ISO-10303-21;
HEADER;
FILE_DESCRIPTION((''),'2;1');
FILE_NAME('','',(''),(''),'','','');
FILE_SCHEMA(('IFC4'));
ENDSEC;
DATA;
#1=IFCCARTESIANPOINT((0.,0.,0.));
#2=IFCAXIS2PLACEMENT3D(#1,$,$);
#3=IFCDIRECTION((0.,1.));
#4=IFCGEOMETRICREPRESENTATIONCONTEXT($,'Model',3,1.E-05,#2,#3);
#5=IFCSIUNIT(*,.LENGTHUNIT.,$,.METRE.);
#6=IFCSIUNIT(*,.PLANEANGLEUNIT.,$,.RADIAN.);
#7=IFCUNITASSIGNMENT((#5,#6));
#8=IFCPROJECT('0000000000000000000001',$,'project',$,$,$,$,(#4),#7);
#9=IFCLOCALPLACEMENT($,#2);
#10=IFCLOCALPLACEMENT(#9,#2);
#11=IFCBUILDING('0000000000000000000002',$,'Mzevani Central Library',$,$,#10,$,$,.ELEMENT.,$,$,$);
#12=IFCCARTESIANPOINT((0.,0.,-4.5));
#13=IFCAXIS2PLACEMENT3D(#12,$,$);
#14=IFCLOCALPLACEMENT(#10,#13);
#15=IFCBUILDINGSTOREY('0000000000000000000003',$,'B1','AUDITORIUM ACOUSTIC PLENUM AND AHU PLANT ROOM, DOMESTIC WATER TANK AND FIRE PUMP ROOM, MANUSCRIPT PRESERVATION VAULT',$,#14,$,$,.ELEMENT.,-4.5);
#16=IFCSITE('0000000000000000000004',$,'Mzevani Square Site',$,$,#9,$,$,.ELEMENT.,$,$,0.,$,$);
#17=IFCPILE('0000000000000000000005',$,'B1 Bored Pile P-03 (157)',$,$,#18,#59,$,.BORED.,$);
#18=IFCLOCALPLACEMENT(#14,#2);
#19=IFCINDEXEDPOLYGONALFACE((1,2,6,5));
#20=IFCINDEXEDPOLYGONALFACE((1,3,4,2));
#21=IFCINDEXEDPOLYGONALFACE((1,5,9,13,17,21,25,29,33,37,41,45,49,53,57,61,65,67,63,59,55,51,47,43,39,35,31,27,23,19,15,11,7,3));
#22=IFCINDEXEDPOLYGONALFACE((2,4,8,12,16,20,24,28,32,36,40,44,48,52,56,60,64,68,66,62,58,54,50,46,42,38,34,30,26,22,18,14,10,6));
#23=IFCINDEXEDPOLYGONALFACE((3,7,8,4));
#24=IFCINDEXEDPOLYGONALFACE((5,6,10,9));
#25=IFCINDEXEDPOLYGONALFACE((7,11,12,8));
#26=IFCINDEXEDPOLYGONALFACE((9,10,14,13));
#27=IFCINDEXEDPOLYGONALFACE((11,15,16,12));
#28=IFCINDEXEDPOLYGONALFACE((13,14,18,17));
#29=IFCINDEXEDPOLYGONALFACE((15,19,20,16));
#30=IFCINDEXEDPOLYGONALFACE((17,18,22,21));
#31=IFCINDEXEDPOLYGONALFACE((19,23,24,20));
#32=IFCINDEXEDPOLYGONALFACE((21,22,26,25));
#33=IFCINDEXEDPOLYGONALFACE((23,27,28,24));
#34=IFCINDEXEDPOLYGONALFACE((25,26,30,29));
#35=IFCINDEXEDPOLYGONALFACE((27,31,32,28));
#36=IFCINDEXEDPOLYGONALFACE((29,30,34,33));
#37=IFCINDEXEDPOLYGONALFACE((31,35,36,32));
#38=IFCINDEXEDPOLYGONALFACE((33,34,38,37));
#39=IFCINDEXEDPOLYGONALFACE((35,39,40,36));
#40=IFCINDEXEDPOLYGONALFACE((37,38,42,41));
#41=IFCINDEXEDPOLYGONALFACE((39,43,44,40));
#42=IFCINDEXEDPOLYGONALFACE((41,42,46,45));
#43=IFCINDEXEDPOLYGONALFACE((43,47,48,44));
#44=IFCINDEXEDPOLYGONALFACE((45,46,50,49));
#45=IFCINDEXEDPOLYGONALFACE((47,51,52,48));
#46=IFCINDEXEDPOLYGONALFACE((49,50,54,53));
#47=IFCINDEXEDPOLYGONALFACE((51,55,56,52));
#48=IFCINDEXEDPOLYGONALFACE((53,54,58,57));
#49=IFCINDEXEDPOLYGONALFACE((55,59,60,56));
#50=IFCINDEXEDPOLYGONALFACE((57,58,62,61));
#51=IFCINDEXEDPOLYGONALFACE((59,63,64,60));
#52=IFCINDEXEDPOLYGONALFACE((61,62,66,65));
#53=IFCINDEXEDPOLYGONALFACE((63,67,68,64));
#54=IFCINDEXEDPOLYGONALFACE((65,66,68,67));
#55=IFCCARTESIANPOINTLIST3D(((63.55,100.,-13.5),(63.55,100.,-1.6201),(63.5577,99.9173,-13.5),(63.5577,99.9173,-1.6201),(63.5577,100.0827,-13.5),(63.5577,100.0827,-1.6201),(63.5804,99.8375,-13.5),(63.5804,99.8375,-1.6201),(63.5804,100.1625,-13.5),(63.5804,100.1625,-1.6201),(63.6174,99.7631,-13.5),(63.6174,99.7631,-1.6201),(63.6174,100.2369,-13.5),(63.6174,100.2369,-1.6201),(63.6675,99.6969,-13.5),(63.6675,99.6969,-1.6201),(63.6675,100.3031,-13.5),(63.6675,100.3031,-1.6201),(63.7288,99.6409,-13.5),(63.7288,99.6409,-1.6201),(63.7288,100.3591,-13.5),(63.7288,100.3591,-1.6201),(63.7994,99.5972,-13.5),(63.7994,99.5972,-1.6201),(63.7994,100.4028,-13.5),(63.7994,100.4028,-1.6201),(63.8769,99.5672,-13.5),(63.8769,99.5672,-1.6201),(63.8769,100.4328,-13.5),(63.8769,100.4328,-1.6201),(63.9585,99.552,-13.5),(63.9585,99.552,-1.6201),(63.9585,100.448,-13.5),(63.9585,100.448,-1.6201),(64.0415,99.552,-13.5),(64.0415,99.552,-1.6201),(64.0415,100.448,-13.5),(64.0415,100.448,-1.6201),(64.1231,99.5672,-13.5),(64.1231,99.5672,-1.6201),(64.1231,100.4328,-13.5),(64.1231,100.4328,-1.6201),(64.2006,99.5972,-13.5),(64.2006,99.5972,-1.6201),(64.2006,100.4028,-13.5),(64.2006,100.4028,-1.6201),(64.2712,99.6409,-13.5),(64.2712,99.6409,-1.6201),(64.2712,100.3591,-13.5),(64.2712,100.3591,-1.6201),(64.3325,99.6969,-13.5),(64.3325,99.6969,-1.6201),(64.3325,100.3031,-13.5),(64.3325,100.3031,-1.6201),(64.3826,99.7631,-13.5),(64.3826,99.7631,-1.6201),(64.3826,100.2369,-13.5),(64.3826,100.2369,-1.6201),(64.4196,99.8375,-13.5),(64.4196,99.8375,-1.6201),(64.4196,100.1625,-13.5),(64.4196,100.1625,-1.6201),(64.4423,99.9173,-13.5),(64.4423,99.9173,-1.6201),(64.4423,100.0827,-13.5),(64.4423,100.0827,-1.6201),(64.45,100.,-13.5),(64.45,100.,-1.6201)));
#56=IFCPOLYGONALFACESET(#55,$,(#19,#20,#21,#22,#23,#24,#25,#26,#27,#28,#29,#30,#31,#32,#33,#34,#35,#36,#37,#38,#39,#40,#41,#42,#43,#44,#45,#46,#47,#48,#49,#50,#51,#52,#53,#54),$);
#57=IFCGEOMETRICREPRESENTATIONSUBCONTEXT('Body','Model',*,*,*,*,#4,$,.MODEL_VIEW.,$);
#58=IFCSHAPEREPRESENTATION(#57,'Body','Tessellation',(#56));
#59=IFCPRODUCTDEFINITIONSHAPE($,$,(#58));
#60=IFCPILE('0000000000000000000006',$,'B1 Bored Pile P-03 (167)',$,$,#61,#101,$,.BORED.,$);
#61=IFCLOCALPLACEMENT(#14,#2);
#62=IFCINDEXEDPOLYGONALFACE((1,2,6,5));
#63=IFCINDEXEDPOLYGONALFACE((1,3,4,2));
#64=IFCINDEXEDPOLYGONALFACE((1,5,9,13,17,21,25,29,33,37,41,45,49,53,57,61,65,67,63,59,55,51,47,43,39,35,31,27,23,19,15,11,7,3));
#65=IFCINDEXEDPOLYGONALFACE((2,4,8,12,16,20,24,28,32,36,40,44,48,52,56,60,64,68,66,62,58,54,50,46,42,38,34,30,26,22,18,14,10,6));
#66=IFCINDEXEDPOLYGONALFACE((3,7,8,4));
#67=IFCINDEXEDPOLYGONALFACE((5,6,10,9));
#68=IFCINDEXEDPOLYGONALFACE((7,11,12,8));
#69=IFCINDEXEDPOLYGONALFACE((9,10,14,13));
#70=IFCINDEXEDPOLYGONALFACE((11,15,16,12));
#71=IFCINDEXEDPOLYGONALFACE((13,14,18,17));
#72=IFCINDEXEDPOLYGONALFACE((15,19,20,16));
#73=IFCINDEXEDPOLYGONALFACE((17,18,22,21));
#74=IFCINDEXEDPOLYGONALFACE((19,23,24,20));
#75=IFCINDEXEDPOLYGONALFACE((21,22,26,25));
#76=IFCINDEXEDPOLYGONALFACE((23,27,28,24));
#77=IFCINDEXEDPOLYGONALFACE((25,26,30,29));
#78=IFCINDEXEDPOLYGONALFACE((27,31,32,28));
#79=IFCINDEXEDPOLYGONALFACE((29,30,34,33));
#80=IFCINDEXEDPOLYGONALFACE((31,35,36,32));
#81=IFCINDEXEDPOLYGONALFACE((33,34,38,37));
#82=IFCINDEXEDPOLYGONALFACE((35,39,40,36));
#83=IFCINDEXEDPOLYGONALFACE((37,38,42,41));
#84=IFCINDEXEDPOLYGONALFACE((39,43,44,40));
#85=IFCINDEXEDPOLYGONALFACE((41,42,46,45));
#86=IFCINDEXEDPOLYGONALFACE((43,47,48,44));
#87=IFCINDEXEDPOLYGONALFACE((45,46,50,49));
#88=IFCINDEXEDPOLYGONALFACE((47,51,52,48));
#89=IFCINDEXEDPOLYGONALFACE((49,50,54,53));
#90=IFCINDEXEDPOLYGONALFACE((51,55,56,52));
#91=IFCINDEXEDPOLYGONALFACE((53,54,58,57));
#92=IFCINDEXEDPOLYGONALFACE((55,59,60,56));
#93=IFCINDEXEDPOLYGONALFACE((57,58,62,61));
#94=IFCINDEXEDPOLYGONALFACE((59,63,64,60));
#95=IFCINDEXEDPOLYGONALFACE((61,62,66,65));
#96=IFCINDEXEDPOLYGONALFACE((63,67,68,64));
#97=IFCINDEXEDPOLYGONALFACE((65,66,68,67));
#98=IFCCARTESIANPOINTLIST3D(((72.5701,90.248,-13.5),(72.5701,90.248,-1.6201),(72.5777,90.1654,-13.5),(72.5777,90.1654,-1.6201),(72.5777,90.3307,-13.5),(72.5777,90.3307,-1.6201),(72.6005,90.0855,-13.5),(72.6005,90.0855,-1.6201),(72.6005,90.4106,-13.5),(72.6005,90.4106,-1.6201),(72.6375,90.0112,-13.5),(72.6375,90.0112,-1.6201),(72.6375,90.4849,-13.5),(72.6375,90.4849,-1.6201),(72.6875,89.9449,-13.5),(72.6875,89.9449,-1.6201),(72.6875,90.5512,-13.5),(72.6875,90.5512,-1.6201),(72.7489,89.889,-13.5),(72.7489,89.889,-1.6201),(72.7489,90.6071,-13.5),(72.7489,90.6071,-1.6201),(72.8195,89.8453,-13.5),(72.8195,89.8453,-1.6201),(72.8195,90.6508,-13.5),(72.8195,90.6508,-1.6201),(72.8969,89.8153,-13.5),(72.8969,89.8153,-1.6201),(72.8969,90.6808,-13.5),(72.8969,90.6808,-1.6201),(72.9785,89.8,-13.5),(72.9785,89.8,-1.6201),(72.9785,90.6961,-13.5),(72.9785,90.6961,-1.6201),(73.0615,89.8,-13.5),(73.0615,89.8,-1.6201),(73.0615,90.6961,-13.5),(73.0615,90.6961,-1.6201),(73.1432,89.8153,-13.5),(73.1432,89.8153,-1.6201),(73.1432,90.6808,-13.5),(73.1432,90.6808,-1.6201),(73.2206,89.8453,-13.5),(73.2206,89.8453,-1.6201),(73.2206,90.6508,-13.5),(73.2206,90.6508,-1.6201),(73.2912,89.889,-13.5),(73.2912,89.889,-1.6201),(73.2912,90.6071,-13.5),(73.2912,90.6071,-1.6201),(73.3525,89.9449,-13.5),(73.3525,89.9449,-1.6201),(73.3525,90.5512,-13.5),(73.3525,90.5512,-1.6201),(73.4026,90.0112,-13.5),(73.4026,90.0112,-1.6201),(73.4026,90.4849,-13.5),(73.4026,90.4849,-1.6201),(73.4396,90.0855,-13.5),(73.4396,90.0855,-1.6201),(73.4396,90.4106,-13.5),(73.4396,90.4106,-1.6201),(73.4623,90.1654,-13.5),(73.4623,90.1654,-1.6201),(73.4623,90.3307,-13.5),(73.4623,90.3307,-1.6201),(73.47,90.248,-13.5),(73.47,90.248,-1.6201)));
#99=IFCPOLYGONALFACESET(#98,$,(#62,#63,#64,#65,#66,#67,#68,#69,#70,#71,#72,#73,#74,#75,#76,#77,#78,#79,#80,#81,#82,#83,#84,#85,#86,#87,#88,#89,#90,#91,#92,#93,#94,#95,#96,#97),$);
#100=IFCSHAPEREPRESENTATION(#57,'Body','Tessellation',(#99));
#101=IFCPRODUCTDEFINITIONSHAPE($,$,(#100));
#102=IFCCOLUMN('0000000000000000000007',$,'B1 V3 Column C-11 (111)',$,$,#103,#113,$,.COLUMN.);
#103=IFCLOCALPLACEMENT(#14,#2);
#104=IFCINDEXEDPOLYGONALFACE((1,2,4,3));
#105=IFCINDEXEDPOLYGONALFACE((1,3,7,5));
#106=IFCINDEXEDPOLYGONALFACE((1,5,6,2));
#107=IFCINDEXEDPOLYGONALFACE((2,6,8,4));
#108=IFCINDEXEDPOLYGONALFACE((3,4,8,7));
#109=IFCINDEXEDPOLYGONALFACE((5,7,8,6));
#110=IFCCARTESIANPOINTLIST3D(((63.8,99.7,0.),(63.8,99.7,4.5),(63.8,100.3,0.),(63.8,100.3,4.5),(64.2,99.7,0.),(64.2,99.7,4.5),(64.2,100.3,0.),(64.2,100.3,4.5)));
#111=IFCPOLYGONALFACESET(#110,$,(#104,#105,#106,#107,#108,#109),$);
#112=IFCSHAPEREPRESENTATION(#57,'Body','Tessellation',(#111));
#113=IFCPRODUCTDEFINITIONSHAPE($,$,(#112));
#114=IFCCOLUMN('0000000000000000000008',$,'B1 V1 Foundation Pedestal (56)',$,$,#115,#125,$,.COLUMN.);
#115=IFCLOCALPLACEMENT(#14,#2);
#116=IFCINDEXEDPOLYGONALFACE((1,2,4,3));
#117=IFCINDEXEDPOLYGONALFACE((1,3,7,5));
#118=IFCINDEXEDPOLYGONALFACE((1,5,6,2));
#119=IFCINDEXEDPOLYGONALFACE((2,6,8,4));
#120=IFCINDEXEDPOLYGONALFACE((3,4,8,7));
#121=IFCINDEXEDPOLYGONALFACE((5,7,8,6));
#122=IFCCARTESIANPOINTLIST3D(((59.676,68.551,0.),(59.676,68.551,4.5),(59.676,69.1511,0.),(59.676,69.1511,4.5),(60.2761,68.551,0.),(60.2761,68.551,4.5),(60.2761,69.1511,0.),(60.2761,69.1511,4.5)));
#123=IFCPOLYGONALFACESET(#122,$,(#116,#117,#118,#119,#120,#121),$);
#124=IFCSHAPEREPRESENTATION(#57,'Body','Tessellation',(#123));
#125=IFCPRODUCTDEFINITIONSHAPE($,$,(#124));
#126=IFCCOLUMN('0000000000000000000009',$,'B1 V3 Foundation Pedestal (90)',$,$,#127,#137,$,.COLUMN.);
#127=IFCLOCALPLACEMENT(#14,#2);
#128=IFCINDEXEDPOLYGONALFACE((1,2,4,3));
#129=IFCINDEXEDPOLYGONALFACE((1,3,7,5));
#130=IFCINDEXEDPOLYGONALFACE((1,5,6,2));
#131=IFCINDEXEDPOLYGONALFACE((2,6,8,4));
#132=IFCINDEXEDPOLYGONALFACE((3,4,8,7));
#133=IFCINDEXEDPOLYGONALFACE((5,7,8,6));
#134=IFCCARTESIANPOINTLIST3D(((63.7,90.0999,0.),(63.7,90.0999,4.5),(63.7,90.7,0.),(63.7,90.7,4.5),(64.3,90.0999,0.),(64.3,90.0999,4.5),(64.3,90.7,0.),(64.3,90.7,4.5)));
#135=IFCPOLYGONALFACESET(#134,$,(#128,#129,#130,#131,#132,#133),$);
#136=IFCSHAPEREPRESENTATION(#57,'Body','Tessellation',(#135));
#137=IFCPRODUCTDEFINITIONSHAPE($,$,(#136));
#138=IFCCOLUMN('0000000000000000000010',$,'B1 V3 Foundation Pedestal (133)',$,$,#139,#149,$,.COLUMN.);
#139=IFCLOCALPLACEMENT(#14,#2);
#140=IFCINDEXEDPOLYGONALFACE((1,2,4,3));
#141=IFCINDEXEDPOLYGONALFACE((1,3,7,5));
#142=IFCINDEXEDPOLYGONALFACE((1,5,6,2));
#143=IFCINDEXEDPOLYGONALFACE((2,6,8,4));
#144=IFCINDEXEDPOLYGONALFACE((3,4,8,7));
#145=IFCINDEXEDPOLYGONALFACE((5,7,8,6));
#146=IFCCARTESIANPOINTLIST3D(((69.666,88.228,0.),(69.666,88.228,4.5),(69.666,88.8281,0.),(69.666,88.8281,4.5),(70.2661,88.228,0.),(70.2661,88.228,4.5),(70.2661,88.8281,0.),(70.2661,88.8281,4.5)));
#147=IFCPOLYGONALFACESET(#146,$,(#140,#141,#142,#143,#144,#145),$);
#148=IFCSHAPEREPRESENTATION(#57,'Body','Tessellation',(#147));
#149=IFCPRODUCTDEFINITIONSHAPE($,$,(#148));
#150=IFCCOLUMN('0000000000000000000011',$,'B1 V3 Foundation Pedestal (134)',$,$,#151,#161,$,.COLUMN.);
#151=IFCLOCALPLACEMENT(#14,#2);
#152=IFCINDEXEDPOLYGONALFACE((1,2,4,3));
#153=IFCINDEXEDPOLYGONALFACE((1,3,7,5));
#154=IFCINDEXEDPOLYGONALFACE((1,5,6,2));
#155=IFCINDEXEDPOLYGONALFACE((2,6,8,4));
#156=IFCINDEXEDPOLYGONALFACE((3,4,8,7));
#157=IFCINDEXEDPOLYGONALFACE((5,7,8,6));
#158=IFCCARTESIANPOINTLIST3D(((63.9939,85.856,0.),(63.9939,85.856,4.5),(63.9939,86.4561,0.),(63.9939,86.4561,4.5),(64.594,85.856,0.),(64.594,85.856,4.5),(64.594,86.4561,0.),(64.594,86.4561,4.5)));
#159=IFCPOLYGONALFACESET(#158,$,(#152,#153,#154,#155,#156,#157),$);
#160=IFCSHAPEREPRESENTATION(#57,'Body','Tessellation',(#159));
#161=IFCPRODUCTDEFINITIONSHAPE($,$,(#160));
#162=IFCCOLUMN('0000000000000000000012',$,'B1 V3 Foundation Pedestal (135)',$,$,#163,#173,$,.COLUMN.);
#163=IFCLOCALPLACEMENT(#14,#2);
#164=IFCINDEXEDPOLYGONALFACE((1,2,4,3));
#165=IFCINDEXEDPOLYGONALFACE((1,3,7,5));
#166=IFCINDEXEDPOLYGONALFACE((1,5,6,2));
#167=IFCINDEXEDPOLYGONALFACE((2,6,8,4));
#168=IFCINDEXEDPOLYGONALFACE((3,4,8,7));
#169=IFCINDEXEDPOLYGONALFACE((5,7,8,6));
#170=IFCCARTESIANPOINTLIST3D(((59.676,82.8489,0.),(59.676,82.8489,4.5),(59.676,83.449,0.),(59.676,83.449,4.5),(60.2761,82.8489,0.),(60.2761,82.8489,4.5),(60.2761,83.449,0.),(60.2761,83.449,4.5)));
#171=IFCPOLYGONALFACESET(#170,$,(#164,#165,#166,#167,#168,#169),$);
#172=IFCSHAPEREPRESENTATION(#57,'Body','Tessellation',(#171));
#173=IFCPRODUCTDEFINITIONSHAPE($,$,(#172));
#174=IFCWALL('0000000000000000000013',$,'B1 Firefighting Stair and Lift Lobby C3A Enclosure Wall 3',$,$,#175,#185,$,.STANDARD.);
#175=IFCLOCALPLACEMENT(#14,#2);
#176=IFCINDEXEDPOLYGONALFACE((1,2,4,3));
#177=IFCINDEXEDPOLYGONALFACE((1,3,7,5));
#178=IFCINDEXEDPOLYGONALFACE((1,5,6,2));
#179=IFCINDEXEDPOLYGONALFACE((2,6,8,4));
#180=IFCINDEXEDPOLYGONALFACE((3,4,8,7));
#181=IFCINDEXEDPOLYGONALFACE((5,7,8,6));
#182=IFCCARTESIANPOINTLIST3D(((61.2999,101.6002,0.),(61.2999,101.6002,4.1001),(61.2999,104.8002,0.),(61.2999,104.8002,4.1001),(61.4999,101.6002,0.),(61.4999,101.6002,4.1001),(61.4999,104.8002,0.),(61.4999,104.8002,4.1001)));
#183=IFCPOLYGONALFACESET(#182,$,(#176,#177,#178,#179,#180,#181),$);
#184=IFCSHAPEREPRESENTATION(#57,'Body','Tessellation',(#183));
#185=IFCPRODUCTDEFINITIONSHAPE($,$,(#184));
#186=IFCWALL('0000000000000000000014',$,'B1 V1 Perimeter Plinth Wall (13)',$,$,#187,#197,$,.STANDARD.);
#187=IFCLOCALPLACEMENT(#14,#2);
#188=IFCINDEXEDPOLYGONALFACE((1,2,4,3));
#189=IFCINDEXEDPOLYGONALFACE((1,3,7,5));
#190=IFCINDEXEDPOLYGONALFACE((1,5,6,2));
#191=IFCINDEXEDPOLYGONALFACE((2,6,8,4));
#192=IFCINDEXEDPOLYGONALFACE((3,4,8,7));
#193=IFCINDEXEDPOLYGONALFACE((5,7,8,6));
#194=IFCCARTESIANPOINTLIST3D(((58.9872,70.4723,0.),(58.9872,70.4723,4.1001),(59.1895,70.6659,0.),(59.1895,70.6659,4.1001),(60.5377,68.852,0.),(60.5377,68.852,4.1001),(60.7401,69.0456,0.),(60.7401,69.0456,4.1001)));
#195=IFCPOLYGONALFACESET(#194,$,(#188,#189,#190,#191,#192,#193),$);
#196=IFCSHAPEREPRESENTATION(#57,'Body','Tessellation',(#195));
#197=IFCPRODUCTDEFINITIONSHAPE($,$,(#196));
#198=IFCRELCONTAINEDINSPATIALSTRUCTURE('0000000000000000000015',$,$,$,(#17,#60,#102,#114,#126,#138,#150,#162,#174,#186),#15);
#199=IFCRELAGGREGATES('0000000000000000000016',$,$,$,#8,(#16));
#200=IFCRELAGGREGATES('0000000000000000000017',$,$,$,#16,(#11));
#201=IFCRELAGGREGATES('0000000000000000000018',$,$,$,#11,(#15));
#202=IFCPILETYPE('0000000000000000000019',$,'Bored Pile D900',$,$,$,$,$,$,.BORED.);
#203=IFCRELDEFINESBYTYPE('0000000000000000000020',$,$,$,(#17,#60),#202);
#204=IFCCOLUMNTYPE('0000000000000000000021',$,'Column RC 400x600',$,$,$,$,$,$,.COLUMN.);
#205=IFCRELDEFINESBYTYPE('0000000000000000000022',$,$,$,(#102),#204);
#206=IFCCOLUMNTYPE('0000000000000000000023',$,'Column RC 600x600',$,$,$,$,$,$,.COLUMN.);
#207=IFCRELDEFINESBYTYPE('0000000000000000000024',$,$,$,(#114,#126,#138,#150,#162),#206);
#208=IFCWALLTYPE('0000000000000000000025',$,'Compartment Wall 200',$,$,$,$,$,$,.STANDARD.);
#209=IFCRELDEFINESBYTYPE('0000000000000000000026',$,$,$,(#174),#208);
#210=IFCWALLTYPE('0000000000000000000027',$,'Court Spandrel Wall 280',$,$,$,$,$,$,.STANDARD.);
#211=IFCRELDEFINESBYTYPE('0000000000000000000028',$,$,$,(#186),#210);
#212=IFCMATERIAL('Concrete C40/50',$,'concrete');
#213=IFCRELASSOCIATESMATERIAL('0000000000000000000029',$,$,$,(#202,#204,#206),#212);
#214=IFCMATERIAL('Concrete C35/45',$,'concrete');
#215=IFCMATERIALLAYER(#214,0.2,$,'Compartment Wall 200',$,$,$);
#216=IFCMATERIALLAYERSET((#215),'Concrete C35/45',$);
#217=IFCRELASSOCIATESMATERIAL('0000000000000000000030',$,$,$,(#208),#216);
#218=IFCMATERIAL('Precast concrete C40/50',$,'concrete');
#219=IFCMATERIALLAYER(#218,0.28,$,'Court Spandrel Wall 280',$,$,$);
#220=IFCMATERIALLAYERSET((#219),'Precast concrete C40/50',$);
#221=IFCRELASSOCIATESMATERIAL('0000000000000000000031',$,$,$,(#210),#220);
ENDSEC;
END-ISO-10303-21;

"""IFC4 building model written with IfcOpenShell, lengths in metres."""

from ifc_helpers import new_model, si_unit, direction, frame, frame_2d, origin, origin_2d, place, context, subcontext, project, spatial, rectangle, circle, extrude, material, layer, layer_set, material_profile, profile_set, type_object, element, save


model = new_model("IFC4")

# Units and contexts
model_context = context("Model", 3, precision=1e-05, world=origin(), true_north=direction((0.0, 1.0)))
body_context = subcontext(model_context, "Body", "Model", "MODEL_VIEW")
ifc_project = project(units=[si_unit("LENGTHUNIT", "METRE"), si_unit("PLANEANGLEUNIT", "RADIAN")], contexts=[model_context])

# Site, building, storey
site_placement = place(None, origin())
site = spatial("IfcSite", under=ifc_project, at=site_placement, Name="Mzevani Square Site", CompositionType="ELEMENT", RefElevation=0.0)
building_placement = place(site_placement, origin())
building = spatial("IfcBuilding", under=site, at=building_placement, Name="Mzevani Central Library", CompositionType="ELEMENT")
storey_placement = place(building_placement, frame((0.0, 0.0, -4.5)))
storey = spatial("IfcBuildingStorey", under=building, at=storey_placement, Name="B1", Description="AUDITORIUM ACOUSTIC PLENUM AND AHU PLANT ROOM, DOMESTIC WATER TANK AND FIRE PUMP ROOM, MANUSCRIPT PRESERVATION VAULT", CompositionType="ELEMENT", Elevation=-4.5)

# Piles
ifc_material_1 = material(Name="Concrete C40/50", Category="concrete")
ifc_material_profile_1 = material_profile(ifc_material_1, circle(Radius=0.45, at=origin_2d()), Name="PILE D900")
ifc_profile_set_1 = profile_set([ifc_material_profile_1], Name="Concrete C40/50")
pile_type_1 = type_object("IfcPileType", Name="Bored Pile D900", PredefinedType="BORED", material=ifc_profile_set_1)
for number, where, z_axis, x_axis, name in (
    (1, (64.0, 100.0, -1.6201), (0.0, 0.0, -1.0), (1.0, 0.0, 0.0), "B1 Bored Pile P-03 (157)"),
    (2, (73.02, 90.248, -1.6201), (0.0, 0.0, -1.0), (1.0, 0.0, 0.0), "B1 Bored Pile P-03 (167)"),
):
    element("IfcPile", number, at=place(storey_placement, frame(where, z_axis=z_axis, x_axis=x_axis)), inside=storey, type_object=pile_type_1, Name=name, PredefinedType="BORED", context=body_context, shape_type="SweptSolid", body=[
        extrude(circle(Radius=0.45, at=origin_2d()), origin(), (0.0, 0.0, 1.0), 11.8799),
    ])

# Columns
ifc_material_profile_2 = material_profile(ifc_material_1, rectangle(XDim=0.3999, YDim=0.6001, at=origin_2d()), Name="RC 400x600")
ifc_profile_set_2 = profile_set([ifc_material_profile_2], Name="Concrete C40/50")
column_type_1 = type_object("IfcColumnType", Name="Column RC 400x600", PredefinedType="COLUMN", material=ifc_profile_set_2)
column_placement = place(storey_placement, frame((64.0, 100.0, 0.0), z_axis=(0.0, 0.0, 1.0), x_axis=(1.0, 0.0, 0.0)))
element("IfcColumn", 3, at=column_placement, inside=storey, type_object=column_type_1, Name="B1 V3 Column C-11 (111)", PredefinedType="COLUMN", context=body_context, shape_type="SweptSolid", body=[
    extrude(rectangle(XDim=0.3999, YDim=0.6001, at=origin_2d()), origin(), (0.0, 0.0, 1.0), 4.5),
])
ifc_material_profile_3 = material_profile(ifc_material_1, rectangle(XDim=0.6001, YDim=0.6001, at=origin_2d()), Name="RC 600x600")
ifc_profile_set_3 = profile_set([ifc_material_profile_3], Name="Concrete C40/50")
column_type_2 = type_object("IfcColumnType", Name="Column RC 600x600", PredefinedType="COLUMN", material=ifc_profile_set_3)
for number, where, z_axis, x_axis, name in (
    (4, (59.9761, 68.8511, 0.0), (0.0, 0.0, 1.0), (1.0, 0.0, 0.0), "B1 V1 Foundation Pedestal (56)"),
    (5, (64.0, 90.3999, 0.0), (0.0, 0.0, 1.0), (1.0, 0.0, 0.0), "B1 V3 Foundation Pedestal (90)"),
    (6, (69.9661, 88.5281, 0.0), (0.0, 0.0, 1.0), (1.0, 0.0, 0.0), "B1 V3 Foundation Pedestal (133)"),
    (7, (64.2939, 86.156, 0.0), (0.0, 0.0, 1.0), (1.0, 0.0, 0.0), "B1 V3 Foundation Pedestal (134)"),
    (8, (59.9761, 83.1489, 0.0), (0.0, 0.0, 1.0), (1.0, 0.0, 0.0), "B1 V3 Foundation Pedestal (135)"),
):
    element("IfcColumn", number, at=place(storey_placement, frame(where, z_axis=z_axis, x_axis=x_axis)), inside=storey, type_object=column_type_2, Name=name, PredefinedType="COLUMN", context=body_context, shape_type="SweptSolid", body=[
        extrude(rectangle(XDim=0.6001, YDim=0.6001, at=origin_2d()), origin(), (0.0, 0.0, 1.0), 4.5),
    ])

# Walls
ifc_material_2 = material(Name="Concrete C35/45", Category="concrete")
ifc_layer_1 = layer(ifc_material_2, 0.2, Name="Compartment Wall 200")
ifc_layer_set_1 = layer_set([ifc_layer_1], Name="Concrete C35/45")
wall_type_1 = type_object("IfcWallType", Name="Compartment Wall 200", PredefinedType="STANDARD", material=ifc_layer_set_1)
wall_1_placement = place(storey_placement, frame((61.3999, 101.6001, 0.0), z_axis=(0.0, 0.0, 1.0), x_axis=(0.0, 1.0, 0.0)))
element("IfcWall", 9, at=wall_1_placement, inside=storey, type_object=wall_type_1, Name="B1 Firefighting Stair and Lift Lobby C3A Enclosure Wall 3", PredefinedType="STANDARD", context=body_context, shape_type="SweptSolid", body=[
    extrude(rectangle(XDim=3.2, YDim=0.2, at=frame_2d((1.6001, 0.0))), origin(), (0.0, 0.0, 1.0), 4.1001),
])
ifc_material_3 = material(Name="Precast concrete C40/50", Category="concrete")
ifc_layer_2 = layer(ifc_material_3, 0.28, Name="Court Spandrel Wall 280")
ifc_layer_set_2 = layer_set([ifc_layer_2], Name="Precast concrete C40/50")
wall_type_2 = type_object("IfcWallType", Name="Court Spandrel Wall 280", PredefinedType="STANDARD", material=ifc_layer_set_2)
wall_2_placement = place(storey_placement, frame((59.0884, 70.5691, 0.0), z_axis=(0.0, 0.0, 1.0), x_axis=(0.691368, -0.722502, 0.0)))
element("IfcWall", 10, at=wall_2_placement, inside=storey, type_object=wall_type_2, Name="B1 V1 Perimeter Plinth Wall (13)", PredefinedType="STANDARD", context=body_context, shape_type="SweptSolid", body=[
    extrude(rectangle(XDim=2.2427, YDim=0.28, at=frame_2d((1.1213, 0.0))), origin(), (0.0, 0.0, 1.0), 4.1001),
])

save(model, "model.ifc")
